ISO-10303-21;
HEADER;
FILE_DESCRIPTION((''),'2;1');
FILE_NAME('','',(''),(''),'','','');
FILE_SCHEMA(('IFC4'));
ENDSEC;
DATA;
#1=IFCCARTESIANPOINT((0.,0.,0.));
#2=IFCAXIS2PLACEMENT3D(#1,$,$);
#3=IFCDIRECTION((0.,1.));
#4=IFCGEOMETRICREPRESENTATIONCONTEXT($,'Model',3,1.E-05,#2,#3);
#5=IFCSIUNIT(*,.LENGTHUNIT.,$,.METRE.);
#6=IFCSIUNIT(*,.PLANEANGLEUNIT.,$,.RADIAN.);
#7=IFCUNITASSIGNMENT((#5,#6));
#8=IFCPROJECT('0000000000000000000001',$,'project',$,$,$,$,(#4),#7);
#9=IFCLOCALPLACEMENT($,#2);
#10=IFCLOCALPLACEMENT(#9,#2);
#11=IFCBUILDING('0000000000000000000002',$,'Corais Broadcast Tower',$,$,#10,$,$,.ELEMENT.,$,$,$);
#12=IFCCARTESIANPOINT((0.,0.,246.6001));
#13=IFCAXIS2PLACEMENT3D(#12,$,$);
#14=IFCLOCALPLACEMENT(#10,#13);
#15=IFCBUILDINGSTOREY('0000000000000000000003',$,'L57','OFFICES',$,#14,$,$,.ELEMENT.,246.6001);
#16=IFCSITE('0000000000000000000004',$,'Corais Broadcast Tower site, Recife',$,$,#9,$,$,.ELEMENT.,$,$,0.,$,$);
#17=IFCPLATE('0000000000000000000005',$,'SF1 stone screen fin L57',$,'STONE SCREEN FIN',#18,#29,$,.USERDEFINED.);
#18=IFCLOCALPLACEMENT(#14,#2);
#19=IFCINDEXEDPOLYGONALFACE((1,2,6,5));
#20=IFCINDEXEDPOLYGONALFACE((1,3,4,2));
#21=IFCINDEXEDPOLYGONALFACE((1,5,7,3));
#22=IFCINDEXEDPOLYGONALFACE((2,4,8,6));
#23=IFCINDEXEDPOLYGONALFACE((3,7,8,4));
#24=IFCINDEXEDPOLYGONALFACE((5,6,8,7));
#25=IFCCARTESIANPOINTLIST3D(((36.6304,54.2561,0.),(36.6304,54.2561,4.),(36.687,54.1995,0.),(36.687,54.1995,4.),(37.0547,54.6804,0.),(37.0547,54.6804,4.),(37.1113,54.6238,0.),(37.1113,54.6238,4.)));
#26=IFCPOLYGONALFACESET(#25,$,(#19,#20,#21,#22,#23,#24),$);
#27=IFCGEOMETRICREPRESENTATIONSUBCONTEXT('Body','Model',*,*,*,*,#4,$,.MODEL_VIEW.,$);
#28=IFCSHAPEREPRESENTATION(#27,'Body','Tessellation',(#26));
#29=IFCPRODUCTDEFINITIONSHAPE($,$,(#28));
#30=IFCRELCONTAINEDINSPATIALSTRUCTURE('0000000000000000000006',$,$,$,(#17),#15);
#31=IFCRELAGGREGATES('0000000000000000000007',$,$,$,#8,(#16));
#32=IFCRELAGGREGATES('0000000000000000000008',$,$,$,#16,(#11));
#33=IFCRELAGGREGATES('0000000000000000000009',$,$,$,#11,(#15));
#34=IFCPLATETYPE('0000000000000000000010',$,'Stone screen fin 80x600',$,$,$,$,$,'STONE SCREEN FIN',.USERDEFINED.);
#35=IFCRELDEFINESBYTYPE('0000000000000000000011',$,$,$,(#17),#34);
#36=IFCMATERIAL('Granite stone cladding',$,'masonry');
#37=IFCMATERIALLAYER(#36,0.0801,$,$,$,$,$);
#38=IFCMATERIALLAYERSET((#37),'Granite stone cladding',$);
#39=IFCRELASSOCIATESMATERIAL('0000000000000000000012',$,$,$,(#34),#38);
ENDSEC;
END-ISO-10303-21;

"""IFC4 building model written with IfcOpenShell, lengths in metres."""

from ifc_helpers import new_model, si_unit, direction, frame, origin, origin_2d, place, context, subcontext, project, spatial, rectangle, extrude, material, layer, layer_set, type_object, element, save


model = new_model("IFC4")

# Units and contexts
model_context = context("Model", 3, precision=1e-05, world=origin(), true_north=direction((0.0, 1.0)))
body_context = subcontext(model_context, "Body", "Model", "MODEL_VIEW")
ifc_project = project(units=[si_unit("LENGTHUNIT", "METRE"), si_unit("PLANEANGLEUNIT", "RADIAN")], contexts=[model_context])

# Site, building, storey
site_placement = place(None, origin())
site = spatial("IfcSite", under=ifc_project, at=site_placement, Name="Corais Broadcast Tower site, Recife", CompositionType="ELEMENT", RefElevation=0.0)
building_placement = place(site_placement, origin())
building = spatial("IfcBuilding", under=site, at=building_placement, Name="Corais Broadcast Tower", CompositionType="ELEMENT")
storey_placement = place(building_placement, frame((0.0, 0.0, 246.6001)))
storey = spatial("IfcBuildingStorey", under=building, at=storey_placement, Name="L57", Description="OFFICES", CompositionType="ELEMENT", Elevation=246.6001)

# Plate
ifc_material_1 = material(Name="Granite stone cladding", Category="masonry")
ifc_layer_1 = layer(ifc_material_1, 0.0801)
ifc_layer_set_1 = layer_set([ifc_layer_1], Name="Granite stone cladding")
plate_type_1 = type_object("IfcPlateType", Name="Stone screen fin 80x600", ElementType="STONE SCREEN FIN", PredefinedType="USERDEFINED", material=ifc_layer_set_1)
plate_1_placement = place(storey_placement, frame((36.8708, 54.4399, 0.0), z_axis=(0.0, 0.0, 1.0), x_axis=(0.707107, -0.707107, 0.0)))
element("IfcPlate", 1, at=plate_1_placement, inside=storey, type_object=plate_type_1, Name="SF1 stone screen fin L57", ObjectType="STONE SCREEN FIN", PredefinedType="USERDEFINED", context=body_context, shape_type="SweptSolid", body=[
    extrude(rectangle(XDim=0.0801, YDim=0.6001, at=origin_2d()), origin(), (0.0, 0.0, 1.0), 4.0),
])

save(model, "model.ifc")
